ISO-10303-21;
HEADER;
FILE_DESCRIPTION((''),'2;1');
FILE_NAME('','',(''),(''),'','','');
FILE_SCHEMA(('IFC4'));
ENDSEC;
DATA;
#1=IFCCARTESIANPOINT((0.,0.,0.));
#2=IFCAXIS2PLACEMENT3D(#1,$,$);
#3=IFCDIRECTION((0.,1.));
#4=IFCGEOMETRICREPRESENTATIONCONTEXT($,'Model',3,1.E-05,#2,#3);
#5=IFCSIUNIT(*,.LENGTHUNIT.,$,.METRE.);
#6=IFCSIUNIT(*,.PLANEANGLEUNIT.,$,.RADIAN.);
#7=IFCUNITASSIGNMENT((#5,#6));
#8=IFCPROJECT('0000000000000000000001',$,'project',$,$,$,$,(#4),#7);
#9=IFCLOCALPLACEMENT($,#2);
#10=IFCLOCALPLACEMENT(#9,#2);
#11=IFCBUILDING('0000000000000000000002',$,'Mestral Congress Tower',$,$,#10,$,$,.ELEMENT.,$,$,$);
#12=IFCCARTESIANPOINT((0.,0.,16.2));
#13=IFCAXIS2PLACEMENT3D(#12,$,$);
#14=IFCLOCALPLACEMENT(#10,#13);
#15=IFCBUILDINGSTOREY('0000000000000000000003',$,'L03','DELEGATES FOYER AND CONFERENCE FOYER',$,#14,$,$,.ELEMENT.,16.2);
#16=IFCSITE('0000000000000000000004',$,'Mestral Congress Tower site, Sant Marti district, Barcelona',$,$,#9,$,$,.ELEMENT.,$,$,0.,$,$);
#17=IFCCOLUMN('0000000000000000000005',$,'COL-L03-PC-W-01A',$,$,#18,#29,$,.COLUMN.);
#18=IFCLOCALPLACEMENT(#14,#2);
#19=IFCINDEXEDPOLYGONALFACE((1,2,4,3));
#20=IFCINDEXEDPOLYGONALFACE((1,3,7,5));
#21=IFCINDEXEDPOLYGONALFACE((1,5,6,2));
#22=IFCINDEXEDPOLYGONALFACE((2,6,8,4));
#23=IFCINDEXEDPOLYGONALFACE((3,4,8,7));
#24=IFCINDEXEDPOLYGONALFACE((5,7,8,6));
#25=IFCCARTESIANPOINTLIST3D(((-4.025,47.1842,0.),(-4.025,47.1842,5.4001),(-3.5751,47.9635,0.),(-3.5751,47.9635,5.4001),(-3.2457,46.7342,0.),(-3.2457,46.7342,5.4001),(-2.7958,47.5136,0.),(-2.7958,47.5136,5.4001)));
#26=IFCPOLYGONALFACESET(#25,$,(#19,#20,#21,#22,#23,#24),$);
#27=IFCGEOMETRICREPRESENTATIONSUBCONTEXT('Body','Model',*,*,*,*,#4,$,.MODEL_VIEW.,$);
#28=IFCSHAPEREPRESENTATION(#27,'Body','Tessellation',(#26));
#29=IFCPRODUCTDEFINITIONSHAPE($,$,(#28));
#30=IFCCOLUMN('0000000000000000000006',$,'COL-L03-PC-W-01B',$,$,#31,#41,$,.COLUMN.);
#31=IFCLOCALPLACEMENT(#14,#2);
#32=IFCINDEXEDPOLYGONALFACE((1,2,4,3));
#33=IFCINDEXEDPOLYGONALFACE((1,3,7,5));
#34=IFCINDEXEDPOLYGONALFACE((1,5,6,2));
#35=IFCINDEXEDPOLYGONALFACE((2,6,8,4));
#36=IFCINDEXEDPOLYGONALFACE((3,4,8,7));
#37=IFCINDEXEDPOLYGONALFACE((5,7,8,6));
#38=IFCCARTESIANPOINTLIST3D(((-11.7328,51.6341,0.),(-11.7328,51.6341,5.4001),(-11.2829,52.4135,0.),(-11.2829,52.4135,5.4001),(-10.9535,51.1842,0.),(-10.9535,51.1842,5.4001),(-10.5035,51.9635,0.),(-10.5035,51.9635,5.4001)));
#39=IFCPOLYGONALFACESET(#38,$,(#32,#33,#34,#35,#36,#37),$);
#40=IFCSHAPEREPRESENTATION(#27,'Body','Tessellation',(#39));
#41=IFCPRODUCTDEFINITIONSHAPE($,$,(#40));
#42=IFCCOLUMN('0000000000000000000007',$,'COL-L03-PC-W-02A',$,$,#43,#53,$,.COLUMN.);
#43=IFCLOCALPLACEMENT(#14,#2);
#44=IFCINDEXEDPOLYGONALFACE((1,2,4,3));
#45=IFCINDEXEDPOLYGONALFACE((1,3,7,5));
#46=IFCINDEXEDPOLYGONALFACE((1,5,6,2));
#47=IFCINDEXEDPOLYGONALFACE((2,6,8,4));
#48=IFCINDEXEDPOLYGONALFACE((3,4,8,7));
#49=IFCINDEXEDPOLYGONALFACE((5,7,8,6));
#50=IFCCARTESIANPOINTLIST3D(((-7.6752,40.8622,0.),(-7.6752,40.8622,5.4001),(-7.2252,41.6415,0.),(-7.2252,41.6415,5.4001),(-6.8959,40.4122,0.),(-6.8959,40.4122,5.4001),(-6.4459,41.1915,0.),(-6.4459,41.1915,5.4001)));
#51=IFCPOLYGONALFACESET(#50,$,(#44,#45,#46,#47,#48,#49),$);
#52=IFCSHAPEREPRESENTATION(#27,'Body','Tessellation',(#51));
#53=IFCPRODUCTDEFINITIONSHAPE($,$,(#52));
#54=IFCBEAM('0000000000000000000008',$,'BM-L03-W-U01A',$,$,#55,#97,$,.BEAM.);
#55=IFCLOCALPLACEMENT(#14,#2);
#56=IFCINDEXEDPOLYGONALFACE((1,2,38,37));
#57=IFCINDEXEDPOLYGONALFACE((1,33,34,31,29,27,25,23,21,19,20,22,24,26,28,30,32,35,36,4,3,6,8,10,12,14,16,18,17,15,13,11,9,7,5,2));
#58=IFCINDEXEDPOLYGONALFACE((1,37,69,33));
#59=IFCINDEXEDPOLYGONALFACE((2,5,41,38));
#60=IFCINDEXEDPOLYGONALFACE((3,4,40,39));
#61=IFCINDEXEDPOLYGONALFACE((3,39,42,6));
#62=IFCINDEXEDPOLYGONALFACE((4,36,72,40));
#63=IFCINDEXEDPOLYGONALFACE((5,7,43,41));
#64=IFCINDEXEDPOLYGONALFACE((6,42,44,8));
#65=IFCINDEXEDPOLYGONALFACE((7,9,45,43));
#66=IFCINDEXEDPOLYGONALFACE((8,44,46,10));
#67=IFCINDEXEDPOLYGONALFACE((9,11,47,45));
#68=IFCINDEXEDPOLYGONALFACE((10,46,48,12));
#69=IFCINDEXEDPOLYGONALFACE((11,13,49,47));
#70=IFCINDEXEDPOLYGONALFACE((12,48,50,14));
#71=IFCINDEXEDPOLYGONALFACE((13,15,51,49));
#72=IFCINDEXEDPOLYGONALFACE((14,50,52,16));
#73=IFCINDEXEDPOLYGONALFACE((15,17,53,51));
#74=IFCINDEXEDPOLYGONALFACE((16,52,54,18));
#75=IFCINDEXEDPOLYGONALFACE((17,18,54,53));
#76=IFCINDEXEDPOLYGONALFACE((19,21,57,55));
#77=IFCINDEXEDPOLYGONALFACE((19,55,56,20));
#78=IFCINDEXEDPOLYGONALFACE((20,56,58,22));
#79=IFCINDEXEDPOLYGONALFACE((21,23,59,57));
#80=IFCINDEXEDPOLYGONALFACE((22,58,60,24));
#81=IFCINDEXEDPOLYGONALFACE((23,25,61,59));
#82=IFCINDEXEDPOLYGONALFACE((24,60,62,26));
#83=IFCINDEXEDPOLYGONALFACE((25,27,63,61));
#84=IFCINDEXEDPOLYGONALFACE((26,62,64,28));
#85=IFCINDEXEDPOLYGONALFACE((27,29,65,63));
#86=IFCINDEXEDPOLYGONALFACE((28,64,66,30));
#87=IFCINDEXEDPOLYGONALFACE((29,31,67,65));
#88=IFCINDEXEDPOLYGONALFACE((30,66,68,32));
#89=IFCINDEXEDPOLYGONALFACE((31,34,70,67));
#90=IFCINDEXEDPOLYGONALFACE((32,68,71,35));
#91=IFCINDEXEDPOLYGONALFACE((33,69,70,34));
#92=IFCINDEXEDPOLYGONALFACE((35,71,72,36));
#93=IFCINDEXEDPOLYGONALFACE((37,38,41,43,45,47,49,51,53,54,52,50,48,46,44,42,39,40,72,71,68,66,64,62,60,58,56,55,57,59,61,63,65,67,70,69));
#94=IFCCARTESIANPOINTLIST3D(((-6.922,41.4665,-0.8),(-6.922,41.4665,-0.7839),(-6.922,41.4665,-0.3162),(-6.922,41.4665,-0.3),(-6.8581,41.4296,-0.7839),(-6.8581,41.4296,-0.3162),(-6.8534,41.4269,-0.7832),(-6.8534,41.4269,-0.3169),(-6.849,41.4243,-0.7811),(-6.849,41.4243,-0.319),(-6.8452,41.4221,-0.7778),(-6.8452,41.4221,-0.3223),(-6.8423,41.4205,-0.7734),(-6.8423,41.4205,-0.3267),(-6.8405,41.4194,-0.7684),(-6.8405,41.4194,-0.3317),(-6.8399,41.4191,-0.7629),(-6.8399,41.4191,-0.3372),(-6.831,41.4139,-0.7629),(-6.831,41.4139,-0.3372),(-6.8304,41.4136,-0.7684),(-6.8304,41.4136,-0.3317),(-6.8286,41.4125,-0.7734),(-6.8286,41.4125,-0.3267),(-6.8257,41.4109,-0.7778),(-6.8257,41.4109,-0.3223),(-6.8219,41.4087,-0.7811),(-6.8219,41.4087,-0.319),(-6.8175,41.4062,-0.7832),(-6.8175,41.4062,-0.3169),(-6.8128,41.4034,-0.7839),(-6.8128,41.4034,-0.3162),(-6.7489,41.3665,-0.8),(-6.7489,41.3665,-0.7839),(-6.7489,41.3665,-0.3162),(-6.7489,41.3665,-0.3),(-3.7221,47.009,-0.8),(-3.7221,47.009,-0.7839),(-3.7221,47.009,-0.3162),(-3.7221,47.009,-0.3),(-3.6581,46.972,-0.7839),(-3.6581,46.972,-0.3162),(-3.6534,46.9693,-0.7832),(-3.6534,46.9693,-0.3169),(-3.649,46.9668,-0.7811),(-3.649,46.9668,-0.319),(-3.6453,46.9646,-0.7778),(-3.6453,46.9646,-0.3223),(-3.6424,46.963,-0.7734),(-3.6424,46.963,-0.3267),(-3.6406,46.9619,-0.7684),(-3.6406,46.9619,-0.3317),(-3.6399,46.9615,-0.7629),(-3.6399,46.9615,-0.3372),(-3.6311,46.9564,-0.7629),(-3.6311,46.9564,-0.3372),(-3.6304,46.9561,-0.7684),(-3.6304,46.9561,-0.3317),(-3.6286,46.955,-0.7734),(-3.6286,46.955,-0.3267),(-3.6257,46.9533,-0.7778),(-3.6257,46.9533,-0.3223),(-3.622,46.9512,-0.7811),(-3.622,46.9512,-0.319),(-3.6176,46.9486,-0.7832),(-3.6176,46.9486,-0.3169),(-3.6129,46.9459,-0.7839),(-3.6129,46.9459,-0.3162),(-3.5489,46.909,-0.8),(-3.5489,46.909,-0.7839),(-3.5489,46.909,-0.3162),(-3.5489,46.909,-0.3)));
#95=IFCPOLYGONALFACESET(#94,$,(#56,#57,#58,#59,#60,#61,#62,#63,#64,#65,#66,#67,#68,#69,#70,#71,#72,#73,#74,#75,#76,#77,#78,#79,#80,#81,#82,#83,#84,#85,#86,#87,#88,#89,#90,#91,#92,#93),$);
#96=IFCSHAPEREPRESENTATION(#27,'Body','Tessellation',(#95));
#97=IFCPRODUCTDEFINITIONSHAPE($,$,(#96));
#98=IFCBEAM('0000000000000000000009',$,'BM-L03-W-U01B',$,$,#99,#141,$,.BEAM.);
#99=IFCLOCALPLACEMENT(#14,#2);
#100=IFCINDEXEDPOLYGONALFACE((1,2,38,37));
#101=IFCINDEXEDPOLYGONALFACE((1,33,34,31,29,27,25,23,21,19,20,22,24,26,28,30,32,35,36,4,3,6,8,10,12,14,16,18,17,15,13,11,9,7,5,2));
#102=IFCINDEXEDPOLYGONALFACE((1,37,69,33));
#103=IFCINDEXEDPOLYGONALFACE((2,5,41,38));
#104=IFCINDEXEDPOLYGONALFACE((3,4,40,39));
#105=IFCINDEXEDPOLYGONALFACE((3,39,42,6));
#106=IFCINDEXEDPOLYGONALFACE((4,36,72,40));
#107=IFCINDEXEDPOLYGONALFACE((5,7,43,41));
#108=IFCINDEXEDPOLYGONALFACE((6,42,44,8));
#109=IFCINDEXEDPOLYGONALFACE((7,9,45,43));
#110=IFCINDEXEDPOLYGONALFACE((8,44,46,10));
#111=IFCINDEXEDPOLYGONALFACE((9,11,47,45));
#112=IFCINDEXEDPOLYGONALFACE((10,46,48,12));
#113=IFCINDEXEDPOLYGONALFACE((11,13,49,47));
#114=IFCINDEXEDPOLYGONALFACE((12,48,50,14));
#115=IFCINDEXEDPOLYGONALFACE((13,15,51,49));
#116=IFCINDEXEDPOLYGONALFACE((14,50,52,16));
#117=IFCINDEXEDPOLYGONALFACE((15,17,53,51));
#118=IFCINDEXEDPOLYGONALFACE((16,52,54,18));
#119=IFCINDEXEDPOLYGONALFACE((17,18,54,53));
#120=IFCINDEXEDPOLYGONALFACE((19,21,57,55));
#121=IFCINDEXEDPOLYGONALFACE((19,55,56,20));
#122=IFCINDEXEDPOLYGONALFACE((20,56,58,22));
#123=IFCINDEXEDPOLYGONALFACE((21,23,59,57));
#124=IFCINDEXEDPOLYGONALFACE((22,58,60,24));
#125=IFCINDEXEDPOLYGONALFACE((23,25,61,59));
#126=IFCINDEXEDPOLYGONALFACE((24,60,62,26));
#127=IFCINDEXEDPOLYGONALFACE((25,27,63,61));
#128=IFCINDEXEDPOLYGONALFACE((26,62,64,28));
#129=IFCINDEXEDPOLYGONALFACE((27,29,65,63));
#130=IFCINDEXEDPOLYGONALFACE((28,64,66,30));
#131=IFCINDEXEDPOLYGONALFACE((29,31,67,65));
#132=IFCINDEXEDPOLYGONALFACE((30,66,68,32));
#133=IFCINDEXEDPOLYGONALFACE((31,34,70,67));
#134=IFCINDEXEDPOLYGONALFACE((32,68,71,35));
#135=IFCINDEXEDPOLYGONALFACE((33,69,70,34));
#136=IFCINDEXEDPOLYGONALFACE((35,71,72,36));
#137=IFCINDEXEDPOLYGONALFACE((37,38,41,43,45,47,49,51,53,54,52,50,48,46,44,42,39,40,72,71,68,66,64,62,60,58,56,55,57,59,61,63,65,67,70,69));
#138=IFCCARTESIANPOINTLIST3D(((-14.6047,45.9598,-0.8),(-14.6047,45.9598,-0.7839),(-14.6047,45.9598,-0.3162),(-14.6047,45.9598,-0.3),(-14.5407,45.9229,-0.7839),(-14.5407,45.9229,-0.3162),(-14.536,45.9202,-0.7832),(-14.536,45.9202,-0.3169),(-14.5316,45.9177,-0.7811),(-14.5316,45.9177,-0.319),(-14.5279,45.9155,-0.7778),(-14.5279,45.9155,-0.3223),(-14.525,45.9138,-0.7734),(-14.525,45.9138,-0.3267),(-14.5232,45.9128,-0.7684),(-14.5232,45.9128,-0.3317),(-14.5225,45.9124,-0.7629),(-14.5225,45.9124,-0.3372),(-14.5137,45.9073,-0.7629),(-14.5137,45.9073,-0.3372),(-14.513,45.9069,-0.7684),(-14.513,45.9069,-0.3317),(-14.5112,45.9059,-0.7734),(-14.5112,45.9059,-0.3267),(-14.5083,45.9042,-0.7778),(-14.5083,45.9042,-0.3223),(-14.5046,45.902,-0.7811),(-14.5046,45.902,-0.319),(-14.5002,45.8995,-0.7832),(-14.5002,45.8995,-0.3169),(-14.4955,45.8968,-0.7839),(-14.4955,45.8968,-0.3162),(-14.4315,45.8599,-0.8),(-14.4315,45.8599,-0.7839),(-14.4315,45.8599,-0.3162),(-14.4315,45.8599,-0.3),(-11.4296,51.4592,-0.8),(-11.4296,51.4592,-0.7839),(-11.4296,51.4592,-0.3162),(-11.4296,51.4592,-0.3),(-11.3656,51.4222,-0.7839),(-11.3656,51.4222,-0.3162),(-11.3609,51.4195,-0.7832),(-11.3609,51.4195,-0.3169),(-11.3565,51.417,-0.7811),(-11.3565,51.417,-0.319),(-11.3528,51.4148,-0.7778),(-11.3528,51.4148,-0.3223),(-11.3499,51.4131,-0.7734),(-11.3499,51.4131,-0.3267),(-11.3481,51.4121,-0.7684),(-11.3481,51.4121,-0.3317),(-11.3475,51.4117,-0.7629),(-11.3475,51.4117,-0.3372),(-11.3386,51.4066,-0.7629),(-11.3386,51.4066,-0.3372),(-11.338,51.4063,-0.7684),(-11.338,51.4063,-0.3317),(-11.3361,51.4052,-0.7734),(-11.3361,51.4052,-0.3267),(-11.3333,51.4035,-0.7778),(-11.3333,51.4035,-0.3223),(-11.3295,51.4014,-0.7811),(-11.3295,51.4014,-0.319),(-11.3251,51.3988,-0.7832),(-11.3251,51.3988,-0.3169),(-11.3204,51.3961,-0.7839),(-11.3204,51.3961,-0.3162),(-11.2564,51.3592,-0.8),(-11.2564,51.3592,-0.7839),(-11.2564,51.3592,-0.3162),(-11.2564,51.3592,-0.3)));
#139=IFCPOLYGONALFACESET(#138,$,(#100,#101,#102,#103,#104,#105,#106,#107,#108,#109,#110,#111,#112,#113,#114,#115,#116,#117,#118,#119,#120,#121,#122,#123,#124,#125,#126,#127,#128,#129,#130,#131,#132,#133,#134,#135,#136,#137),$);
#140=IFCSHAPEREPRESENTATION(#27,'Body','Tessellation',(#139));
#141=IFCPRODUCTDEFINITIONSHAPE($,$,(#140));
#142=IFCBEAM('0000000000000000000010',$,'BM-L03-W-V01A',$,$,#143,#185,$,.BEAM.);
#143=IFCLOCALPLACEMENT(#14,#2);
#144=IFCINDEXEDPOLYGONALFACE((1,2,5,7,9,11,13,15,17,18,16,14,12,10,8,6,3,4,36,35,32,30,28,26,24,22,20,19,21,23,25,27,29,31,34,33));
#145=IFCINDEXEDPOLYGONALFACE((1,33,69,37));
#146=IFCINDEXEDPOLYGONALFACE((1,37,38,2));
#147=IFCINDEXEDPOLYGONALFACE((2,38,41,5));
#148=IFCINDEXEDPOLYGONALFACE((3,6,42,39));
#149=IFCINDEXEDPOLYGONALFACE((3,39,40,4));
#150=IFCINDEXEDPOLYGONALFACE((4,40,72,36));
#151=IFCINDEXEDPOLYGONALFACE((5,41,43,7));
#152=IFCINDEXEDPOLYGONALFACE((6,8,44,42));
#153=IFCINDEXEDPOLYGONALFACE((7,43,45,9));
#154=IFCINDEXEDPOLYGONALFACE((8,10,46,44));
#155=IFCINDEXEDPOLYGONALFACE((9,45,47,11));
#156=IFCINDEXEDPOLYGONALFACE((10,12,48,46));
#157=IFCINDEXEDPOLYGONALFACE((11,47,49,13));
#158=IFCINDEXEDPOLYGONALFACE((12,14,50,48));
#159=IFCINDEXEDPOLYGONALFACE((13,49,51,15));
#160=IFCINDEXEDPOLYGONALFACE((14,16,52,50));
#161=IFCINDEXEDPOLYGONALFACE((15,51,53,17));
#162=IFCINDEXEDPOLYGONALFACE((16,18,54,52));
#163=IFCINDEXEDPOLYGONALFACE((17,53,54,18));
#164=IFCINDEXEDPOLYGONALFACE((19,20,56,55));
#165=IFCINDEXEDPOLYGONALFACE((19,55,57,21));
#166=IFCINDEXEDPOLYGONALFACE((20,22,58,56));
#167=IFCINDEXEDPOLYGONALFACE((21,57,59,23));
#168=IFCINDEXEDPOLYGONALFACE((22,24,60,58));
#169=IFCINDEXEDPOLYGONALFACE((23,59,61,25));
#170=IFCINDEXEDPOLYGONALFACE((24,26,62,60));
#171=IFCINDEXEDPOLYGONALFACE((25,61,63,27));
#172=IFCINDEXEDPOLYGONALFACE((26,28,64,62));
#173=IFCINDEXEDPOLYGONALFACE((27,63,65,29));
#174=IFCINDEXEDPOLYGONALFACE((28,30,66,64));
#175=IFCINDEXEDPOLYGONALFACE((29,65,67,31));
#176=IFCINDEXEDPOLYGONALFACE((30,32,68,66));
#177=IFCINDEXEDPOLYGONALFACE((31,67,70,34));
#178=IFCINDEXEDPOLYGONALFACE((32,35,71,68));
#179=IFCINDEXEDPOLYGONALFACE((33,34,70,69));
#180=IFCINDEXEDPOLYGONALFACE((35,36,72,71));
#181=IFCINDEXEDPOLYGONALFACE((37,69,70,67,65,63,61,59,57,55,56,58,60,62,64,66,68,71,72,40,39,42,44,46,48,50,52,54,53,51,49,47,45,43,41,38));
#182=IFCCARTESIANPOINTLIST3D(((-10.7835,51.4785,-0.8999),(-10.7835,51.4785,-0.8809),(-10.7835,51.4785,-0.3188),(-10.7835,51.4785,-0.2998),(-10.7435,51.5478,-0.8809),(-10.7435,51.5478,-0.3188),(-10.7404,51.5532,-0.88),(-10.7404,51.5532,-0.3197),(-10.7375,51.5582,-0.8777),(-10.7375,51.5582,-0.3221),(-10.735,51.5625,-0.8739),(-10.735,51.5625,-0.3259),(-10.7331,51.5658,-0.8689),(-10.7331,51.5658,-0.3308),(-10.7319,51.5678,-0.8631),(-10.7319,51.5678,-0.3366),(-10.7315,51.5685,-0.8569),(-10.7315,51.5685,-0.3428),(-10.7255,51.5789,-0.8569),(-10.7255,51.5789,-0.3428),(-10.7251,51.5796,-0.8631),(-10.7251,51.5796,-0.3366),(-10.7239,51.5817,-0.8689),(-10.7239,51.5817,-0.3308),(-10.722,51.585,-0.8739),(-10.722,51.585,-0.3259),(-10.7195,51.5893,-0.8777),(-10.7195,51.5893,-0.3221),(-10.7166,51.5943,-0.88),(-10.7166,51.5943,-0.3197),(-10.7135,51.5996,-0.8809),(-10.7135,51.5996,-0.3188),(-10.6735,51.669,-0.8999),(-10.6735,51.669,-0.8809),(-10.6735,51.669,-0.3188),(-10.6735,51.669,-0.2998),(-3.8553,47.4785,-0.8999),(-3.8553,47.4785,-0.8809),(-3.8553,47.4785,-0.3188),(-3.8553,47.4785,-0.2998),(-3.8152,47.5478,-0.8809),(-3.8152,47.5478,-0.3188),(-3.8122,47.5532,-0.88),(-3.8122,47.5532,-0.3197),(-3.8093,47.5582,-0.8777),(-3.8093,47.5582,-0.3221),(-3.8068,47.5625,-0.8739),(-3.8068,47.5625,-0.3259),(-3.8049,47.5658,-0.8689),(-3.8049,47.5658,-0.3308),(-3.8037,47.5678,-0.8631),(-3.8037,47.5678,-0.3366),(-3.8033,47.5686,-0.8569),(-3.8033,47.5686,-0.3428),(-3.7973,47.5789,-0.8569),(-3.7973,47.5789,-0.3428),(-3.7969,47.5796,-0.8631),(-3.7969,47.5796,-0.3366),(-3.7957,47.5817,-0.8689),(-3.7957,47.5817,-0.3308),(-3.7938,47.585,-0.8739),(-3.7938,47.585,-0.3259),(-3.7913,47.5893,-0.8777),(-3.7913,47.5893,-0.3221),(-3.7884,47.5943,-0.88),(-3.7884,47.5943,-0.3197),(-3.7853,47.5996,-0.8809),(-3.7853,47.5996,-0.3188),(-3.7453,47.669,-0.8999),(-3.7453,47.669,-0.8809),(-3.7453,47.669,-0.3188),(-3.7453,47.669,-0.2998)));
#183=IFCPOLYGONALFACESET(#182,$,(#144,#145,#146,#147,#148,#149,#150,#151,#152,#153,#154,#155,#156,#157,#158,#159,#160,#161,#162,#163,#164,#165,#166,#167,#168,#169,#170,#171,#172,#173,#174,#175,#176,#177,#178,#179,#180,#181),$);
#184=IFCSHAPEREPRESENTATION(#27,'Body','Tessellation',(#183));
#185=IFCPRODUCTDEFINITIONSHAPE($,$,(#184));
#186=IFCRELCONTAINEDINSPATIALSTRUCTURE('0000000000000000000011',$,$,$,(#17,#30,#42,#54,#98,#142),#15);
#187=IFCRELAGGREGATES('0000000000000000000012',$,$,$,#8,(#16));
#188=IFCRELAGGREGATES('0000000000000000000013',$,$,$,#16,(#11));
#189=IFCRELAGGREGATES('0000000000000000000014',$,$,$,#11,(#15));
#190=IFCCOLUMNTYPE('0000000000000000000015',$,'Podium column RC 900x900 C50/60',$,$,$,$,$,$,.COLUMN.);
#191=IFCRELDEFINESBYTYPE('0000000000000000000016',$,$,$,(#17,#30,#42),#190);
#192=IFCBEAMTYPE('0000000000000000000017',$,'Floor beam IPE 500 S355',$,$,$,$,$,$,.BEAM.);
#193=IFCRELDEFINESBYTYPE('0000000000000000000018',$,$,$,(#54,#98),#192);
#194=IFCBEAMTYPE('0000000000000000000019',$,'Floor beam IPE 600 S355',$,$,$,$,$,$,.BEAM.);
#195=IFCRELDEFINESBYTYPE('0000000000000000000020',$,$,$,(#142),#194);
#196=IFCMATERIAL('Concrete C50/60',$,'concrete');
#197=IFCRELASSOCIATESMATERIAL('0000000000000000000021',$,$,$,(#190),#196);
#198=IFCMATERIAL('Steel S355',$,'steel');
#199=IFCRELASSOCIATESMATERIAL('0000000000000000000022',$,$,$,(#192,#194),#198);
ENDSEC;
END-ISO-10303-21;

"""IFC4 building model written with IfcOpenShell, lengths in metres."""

from ifc_helpers import new_model, si_unit, direction, frame, origin, origin_2d, place, context, subcontext, project, spatial, rectangle, i_section, extrude, material, material_profile, profile_set, type_object, element, save


model = new_model("IFC4")

# Units and contexts
model_context = context("Model", 3, precision=1e-05, world=origin(), true_north=direction((0.0, 1.0)))
body_context = subcontext(model_context, "Body", "Model", "MODEL_VIEW")
ifc_project = project(units=[si_unit("LENGTHUNIT", "METRE"), si_unit("PLANEANGLEUNIT", "RADIAN")], contexts=[model_context])

# Site, building, storey
site_placement = place(None, origin())
site = spatial("IfcSite", under=ifc_project, at=site_placement, Name="Mestral Congress Tower site, Sant Marti district, Barcelona", CompositionType="ELEMENT", RefElevation=0.0)
building_placement = place(site_placement, origin())
building = spatial("IfcBuilding", under=site, at=building_placement, Name="Mestral Congress Tower", CompositionType="ELEMENT")
storey_placement = place(building_placement, frame((0.0, 0.0, 16.2)))
storey = spatial("IfcBuildingStorey", under=building, at=storey_placement, Name="L03", Description="DELEGATES FOYER AND CONFERENCE FOYER", CompositionType="ELEMENT", Elevation=16.2)

# Columns
ifc_material_1 = material(Name="Concrete C50/60", Category="concrete")
ifc_material_profile_1 = material_profile(ifc_material_1, rectangle(XDim=0.8999, YDim=0.8999, at=origin_2d()), Name="RC 900x900")
ifc_profile_set_1 = profile_set([ifc_material_profile_1], Name="Concrete C50/60")
column_type = type_object("IfcColumnType", Name="Podium column RC 900x900 C50/60", PredefinedType="COLUMN", material=ifc_profile_set_1)
for number, where, z_axis, x_axis, name in (
    (1, (-3.4104, 47.3489, 0.0), (0.0, 0.0, 1.0), (-0.5, -0.866025, 0.0), "COL-L03-PC-W-01A"),
    (2, (-11.1182, 51.7988, 0.0), (0.0, 0.0, 1.0), (-0.5, -0.866025, 0.0), "COL-L03-PC-W-01B"),
    (3, (-7.0605, 41.0269, 0.0), (0.0, 0.0, 1.0), (-0.5, -0.866025, 0.0), "COL-L03-PC-W-02A"),
):
    element("IfcColumn", number, at=place(storey_placement, frame(where, z_axis=z_axis, x_axis=x_axis)), inside=storey, type_object=column_type, Name=name, PredefinedType="COLUMN", context=body_context, shape_type="SweptSolid", body=[
        extrude(rectangle(XDim=0.8999, YDim=0.8999, at=origin_2d()), origin(), (0.0, 0.0, 1.0), 5.4001),
    ])

# Beams
ifc_material_2 = material(Name="Steel S355", Category="steel")
ifc_material_profile_2 = material_profile(ifc_material_2, i_section(OverallWidth=0.2, OverallDepth=0.5, WebThickness=0.0103, FlangeThickness=0.0161, FilletRadius=0.021, at=origin_2d()), Name="IPE 500")
ifc_profile_set_2 = profile_set([ifc_material_profile_2], Name="Steel S355")
beam_type_1 = type_object("IfcBeamType", Name="Floor beam IPE 500 S355", PredefinedType="BEAM", material=ifc_profile_set_2)
beam_1_placement = place(storey_placement, frame((-3.6355, 46.959, -0.55), z_axis=(-0.5, -0.866025, 0.0), x_axis=(0.866025, -0.5, 0.0)))
element("IfcBeam", 4, at=beam_1_placement, inside=storey, type_object=beam_type_1, Name="BM-L03-W-U01A", PredefinedType="BEAM", context=body_context, shape_type="SweptSolid", body=[
    extrude(i_section(OverallWidth=0.2, OverallDepth=0.5, WebThickness=0.0103, FlangeThickness=0.0161, FilletRadius=0.021, at=origin_2d()), origin(), (0.0, 0.0, 1.0), 6.3999),
])
beam_2_placement = place(storey_placement, frame((-11.343, 51.4092, -0.55), z_axis=(-0.500005, -0.866022, 0.0), x_axis=(0.866022, -0.500005, 0.0)))
element("IfcBeam", 5, at=beam_2_placement, inside=storey, type_object=beam_type_1, Name="BM-L03-W-U01B", PredefinedType="BEAM", context=body_context, shape_type="SweptSolid", body=[
    extrude(i_section(OverallWidth=0.2, OverallDepth=0.5, WebThickness=0.0103, FlangeThickness=0.0161, FilletRadius=0.021, at=origin_2d()), origin(), (0.0, 0.0, 1.0), 6.3501),
])
ifc_material_profile_3 = material_profile(ifc_material_2, i_section(OverallWidth=0.22, OverallDepth=0.6001, WebThickness=0.012, FlangeThickness=0.019, FilletRadius=0.0239, at=origin_2d()), Name="IPE 600")
ifc_profile_set_3 = profile_set([ifc_material_profile_3], Name="Steel S355")
beam_type_2 = type_object("IfcBeamType", Name="Floor beam IPE 600 S355", PredefinedType="BEAM", material=ifc_profile_set_3)
beam_3_placement = place(storey_placement, frame((-3.8003, 47.5737, -0.5999), z_axis=(-0.866026, 0.499999, 0.0), x_axis=(-0.499999, -0.866026, 0.0)))
element("IfcBeam", 6, at=beam_3_placement, inside=storey, type_object=beam_type_2, Name="BM-L03-W-V01A", PredefinedType="BEAM", context=body_context, shape_type="SweptSolid", body=[
    extrude(i_section(OverallWidth=0.22, OverallDepth=0.6001, WebThickness=0.012, FlangeThickness=0.019, FilletRadius=0.0239, at=origin_2d()), origin(), (0.0, 0.0, 1.0), 8.0),
])

save(model, "model.ifc")
